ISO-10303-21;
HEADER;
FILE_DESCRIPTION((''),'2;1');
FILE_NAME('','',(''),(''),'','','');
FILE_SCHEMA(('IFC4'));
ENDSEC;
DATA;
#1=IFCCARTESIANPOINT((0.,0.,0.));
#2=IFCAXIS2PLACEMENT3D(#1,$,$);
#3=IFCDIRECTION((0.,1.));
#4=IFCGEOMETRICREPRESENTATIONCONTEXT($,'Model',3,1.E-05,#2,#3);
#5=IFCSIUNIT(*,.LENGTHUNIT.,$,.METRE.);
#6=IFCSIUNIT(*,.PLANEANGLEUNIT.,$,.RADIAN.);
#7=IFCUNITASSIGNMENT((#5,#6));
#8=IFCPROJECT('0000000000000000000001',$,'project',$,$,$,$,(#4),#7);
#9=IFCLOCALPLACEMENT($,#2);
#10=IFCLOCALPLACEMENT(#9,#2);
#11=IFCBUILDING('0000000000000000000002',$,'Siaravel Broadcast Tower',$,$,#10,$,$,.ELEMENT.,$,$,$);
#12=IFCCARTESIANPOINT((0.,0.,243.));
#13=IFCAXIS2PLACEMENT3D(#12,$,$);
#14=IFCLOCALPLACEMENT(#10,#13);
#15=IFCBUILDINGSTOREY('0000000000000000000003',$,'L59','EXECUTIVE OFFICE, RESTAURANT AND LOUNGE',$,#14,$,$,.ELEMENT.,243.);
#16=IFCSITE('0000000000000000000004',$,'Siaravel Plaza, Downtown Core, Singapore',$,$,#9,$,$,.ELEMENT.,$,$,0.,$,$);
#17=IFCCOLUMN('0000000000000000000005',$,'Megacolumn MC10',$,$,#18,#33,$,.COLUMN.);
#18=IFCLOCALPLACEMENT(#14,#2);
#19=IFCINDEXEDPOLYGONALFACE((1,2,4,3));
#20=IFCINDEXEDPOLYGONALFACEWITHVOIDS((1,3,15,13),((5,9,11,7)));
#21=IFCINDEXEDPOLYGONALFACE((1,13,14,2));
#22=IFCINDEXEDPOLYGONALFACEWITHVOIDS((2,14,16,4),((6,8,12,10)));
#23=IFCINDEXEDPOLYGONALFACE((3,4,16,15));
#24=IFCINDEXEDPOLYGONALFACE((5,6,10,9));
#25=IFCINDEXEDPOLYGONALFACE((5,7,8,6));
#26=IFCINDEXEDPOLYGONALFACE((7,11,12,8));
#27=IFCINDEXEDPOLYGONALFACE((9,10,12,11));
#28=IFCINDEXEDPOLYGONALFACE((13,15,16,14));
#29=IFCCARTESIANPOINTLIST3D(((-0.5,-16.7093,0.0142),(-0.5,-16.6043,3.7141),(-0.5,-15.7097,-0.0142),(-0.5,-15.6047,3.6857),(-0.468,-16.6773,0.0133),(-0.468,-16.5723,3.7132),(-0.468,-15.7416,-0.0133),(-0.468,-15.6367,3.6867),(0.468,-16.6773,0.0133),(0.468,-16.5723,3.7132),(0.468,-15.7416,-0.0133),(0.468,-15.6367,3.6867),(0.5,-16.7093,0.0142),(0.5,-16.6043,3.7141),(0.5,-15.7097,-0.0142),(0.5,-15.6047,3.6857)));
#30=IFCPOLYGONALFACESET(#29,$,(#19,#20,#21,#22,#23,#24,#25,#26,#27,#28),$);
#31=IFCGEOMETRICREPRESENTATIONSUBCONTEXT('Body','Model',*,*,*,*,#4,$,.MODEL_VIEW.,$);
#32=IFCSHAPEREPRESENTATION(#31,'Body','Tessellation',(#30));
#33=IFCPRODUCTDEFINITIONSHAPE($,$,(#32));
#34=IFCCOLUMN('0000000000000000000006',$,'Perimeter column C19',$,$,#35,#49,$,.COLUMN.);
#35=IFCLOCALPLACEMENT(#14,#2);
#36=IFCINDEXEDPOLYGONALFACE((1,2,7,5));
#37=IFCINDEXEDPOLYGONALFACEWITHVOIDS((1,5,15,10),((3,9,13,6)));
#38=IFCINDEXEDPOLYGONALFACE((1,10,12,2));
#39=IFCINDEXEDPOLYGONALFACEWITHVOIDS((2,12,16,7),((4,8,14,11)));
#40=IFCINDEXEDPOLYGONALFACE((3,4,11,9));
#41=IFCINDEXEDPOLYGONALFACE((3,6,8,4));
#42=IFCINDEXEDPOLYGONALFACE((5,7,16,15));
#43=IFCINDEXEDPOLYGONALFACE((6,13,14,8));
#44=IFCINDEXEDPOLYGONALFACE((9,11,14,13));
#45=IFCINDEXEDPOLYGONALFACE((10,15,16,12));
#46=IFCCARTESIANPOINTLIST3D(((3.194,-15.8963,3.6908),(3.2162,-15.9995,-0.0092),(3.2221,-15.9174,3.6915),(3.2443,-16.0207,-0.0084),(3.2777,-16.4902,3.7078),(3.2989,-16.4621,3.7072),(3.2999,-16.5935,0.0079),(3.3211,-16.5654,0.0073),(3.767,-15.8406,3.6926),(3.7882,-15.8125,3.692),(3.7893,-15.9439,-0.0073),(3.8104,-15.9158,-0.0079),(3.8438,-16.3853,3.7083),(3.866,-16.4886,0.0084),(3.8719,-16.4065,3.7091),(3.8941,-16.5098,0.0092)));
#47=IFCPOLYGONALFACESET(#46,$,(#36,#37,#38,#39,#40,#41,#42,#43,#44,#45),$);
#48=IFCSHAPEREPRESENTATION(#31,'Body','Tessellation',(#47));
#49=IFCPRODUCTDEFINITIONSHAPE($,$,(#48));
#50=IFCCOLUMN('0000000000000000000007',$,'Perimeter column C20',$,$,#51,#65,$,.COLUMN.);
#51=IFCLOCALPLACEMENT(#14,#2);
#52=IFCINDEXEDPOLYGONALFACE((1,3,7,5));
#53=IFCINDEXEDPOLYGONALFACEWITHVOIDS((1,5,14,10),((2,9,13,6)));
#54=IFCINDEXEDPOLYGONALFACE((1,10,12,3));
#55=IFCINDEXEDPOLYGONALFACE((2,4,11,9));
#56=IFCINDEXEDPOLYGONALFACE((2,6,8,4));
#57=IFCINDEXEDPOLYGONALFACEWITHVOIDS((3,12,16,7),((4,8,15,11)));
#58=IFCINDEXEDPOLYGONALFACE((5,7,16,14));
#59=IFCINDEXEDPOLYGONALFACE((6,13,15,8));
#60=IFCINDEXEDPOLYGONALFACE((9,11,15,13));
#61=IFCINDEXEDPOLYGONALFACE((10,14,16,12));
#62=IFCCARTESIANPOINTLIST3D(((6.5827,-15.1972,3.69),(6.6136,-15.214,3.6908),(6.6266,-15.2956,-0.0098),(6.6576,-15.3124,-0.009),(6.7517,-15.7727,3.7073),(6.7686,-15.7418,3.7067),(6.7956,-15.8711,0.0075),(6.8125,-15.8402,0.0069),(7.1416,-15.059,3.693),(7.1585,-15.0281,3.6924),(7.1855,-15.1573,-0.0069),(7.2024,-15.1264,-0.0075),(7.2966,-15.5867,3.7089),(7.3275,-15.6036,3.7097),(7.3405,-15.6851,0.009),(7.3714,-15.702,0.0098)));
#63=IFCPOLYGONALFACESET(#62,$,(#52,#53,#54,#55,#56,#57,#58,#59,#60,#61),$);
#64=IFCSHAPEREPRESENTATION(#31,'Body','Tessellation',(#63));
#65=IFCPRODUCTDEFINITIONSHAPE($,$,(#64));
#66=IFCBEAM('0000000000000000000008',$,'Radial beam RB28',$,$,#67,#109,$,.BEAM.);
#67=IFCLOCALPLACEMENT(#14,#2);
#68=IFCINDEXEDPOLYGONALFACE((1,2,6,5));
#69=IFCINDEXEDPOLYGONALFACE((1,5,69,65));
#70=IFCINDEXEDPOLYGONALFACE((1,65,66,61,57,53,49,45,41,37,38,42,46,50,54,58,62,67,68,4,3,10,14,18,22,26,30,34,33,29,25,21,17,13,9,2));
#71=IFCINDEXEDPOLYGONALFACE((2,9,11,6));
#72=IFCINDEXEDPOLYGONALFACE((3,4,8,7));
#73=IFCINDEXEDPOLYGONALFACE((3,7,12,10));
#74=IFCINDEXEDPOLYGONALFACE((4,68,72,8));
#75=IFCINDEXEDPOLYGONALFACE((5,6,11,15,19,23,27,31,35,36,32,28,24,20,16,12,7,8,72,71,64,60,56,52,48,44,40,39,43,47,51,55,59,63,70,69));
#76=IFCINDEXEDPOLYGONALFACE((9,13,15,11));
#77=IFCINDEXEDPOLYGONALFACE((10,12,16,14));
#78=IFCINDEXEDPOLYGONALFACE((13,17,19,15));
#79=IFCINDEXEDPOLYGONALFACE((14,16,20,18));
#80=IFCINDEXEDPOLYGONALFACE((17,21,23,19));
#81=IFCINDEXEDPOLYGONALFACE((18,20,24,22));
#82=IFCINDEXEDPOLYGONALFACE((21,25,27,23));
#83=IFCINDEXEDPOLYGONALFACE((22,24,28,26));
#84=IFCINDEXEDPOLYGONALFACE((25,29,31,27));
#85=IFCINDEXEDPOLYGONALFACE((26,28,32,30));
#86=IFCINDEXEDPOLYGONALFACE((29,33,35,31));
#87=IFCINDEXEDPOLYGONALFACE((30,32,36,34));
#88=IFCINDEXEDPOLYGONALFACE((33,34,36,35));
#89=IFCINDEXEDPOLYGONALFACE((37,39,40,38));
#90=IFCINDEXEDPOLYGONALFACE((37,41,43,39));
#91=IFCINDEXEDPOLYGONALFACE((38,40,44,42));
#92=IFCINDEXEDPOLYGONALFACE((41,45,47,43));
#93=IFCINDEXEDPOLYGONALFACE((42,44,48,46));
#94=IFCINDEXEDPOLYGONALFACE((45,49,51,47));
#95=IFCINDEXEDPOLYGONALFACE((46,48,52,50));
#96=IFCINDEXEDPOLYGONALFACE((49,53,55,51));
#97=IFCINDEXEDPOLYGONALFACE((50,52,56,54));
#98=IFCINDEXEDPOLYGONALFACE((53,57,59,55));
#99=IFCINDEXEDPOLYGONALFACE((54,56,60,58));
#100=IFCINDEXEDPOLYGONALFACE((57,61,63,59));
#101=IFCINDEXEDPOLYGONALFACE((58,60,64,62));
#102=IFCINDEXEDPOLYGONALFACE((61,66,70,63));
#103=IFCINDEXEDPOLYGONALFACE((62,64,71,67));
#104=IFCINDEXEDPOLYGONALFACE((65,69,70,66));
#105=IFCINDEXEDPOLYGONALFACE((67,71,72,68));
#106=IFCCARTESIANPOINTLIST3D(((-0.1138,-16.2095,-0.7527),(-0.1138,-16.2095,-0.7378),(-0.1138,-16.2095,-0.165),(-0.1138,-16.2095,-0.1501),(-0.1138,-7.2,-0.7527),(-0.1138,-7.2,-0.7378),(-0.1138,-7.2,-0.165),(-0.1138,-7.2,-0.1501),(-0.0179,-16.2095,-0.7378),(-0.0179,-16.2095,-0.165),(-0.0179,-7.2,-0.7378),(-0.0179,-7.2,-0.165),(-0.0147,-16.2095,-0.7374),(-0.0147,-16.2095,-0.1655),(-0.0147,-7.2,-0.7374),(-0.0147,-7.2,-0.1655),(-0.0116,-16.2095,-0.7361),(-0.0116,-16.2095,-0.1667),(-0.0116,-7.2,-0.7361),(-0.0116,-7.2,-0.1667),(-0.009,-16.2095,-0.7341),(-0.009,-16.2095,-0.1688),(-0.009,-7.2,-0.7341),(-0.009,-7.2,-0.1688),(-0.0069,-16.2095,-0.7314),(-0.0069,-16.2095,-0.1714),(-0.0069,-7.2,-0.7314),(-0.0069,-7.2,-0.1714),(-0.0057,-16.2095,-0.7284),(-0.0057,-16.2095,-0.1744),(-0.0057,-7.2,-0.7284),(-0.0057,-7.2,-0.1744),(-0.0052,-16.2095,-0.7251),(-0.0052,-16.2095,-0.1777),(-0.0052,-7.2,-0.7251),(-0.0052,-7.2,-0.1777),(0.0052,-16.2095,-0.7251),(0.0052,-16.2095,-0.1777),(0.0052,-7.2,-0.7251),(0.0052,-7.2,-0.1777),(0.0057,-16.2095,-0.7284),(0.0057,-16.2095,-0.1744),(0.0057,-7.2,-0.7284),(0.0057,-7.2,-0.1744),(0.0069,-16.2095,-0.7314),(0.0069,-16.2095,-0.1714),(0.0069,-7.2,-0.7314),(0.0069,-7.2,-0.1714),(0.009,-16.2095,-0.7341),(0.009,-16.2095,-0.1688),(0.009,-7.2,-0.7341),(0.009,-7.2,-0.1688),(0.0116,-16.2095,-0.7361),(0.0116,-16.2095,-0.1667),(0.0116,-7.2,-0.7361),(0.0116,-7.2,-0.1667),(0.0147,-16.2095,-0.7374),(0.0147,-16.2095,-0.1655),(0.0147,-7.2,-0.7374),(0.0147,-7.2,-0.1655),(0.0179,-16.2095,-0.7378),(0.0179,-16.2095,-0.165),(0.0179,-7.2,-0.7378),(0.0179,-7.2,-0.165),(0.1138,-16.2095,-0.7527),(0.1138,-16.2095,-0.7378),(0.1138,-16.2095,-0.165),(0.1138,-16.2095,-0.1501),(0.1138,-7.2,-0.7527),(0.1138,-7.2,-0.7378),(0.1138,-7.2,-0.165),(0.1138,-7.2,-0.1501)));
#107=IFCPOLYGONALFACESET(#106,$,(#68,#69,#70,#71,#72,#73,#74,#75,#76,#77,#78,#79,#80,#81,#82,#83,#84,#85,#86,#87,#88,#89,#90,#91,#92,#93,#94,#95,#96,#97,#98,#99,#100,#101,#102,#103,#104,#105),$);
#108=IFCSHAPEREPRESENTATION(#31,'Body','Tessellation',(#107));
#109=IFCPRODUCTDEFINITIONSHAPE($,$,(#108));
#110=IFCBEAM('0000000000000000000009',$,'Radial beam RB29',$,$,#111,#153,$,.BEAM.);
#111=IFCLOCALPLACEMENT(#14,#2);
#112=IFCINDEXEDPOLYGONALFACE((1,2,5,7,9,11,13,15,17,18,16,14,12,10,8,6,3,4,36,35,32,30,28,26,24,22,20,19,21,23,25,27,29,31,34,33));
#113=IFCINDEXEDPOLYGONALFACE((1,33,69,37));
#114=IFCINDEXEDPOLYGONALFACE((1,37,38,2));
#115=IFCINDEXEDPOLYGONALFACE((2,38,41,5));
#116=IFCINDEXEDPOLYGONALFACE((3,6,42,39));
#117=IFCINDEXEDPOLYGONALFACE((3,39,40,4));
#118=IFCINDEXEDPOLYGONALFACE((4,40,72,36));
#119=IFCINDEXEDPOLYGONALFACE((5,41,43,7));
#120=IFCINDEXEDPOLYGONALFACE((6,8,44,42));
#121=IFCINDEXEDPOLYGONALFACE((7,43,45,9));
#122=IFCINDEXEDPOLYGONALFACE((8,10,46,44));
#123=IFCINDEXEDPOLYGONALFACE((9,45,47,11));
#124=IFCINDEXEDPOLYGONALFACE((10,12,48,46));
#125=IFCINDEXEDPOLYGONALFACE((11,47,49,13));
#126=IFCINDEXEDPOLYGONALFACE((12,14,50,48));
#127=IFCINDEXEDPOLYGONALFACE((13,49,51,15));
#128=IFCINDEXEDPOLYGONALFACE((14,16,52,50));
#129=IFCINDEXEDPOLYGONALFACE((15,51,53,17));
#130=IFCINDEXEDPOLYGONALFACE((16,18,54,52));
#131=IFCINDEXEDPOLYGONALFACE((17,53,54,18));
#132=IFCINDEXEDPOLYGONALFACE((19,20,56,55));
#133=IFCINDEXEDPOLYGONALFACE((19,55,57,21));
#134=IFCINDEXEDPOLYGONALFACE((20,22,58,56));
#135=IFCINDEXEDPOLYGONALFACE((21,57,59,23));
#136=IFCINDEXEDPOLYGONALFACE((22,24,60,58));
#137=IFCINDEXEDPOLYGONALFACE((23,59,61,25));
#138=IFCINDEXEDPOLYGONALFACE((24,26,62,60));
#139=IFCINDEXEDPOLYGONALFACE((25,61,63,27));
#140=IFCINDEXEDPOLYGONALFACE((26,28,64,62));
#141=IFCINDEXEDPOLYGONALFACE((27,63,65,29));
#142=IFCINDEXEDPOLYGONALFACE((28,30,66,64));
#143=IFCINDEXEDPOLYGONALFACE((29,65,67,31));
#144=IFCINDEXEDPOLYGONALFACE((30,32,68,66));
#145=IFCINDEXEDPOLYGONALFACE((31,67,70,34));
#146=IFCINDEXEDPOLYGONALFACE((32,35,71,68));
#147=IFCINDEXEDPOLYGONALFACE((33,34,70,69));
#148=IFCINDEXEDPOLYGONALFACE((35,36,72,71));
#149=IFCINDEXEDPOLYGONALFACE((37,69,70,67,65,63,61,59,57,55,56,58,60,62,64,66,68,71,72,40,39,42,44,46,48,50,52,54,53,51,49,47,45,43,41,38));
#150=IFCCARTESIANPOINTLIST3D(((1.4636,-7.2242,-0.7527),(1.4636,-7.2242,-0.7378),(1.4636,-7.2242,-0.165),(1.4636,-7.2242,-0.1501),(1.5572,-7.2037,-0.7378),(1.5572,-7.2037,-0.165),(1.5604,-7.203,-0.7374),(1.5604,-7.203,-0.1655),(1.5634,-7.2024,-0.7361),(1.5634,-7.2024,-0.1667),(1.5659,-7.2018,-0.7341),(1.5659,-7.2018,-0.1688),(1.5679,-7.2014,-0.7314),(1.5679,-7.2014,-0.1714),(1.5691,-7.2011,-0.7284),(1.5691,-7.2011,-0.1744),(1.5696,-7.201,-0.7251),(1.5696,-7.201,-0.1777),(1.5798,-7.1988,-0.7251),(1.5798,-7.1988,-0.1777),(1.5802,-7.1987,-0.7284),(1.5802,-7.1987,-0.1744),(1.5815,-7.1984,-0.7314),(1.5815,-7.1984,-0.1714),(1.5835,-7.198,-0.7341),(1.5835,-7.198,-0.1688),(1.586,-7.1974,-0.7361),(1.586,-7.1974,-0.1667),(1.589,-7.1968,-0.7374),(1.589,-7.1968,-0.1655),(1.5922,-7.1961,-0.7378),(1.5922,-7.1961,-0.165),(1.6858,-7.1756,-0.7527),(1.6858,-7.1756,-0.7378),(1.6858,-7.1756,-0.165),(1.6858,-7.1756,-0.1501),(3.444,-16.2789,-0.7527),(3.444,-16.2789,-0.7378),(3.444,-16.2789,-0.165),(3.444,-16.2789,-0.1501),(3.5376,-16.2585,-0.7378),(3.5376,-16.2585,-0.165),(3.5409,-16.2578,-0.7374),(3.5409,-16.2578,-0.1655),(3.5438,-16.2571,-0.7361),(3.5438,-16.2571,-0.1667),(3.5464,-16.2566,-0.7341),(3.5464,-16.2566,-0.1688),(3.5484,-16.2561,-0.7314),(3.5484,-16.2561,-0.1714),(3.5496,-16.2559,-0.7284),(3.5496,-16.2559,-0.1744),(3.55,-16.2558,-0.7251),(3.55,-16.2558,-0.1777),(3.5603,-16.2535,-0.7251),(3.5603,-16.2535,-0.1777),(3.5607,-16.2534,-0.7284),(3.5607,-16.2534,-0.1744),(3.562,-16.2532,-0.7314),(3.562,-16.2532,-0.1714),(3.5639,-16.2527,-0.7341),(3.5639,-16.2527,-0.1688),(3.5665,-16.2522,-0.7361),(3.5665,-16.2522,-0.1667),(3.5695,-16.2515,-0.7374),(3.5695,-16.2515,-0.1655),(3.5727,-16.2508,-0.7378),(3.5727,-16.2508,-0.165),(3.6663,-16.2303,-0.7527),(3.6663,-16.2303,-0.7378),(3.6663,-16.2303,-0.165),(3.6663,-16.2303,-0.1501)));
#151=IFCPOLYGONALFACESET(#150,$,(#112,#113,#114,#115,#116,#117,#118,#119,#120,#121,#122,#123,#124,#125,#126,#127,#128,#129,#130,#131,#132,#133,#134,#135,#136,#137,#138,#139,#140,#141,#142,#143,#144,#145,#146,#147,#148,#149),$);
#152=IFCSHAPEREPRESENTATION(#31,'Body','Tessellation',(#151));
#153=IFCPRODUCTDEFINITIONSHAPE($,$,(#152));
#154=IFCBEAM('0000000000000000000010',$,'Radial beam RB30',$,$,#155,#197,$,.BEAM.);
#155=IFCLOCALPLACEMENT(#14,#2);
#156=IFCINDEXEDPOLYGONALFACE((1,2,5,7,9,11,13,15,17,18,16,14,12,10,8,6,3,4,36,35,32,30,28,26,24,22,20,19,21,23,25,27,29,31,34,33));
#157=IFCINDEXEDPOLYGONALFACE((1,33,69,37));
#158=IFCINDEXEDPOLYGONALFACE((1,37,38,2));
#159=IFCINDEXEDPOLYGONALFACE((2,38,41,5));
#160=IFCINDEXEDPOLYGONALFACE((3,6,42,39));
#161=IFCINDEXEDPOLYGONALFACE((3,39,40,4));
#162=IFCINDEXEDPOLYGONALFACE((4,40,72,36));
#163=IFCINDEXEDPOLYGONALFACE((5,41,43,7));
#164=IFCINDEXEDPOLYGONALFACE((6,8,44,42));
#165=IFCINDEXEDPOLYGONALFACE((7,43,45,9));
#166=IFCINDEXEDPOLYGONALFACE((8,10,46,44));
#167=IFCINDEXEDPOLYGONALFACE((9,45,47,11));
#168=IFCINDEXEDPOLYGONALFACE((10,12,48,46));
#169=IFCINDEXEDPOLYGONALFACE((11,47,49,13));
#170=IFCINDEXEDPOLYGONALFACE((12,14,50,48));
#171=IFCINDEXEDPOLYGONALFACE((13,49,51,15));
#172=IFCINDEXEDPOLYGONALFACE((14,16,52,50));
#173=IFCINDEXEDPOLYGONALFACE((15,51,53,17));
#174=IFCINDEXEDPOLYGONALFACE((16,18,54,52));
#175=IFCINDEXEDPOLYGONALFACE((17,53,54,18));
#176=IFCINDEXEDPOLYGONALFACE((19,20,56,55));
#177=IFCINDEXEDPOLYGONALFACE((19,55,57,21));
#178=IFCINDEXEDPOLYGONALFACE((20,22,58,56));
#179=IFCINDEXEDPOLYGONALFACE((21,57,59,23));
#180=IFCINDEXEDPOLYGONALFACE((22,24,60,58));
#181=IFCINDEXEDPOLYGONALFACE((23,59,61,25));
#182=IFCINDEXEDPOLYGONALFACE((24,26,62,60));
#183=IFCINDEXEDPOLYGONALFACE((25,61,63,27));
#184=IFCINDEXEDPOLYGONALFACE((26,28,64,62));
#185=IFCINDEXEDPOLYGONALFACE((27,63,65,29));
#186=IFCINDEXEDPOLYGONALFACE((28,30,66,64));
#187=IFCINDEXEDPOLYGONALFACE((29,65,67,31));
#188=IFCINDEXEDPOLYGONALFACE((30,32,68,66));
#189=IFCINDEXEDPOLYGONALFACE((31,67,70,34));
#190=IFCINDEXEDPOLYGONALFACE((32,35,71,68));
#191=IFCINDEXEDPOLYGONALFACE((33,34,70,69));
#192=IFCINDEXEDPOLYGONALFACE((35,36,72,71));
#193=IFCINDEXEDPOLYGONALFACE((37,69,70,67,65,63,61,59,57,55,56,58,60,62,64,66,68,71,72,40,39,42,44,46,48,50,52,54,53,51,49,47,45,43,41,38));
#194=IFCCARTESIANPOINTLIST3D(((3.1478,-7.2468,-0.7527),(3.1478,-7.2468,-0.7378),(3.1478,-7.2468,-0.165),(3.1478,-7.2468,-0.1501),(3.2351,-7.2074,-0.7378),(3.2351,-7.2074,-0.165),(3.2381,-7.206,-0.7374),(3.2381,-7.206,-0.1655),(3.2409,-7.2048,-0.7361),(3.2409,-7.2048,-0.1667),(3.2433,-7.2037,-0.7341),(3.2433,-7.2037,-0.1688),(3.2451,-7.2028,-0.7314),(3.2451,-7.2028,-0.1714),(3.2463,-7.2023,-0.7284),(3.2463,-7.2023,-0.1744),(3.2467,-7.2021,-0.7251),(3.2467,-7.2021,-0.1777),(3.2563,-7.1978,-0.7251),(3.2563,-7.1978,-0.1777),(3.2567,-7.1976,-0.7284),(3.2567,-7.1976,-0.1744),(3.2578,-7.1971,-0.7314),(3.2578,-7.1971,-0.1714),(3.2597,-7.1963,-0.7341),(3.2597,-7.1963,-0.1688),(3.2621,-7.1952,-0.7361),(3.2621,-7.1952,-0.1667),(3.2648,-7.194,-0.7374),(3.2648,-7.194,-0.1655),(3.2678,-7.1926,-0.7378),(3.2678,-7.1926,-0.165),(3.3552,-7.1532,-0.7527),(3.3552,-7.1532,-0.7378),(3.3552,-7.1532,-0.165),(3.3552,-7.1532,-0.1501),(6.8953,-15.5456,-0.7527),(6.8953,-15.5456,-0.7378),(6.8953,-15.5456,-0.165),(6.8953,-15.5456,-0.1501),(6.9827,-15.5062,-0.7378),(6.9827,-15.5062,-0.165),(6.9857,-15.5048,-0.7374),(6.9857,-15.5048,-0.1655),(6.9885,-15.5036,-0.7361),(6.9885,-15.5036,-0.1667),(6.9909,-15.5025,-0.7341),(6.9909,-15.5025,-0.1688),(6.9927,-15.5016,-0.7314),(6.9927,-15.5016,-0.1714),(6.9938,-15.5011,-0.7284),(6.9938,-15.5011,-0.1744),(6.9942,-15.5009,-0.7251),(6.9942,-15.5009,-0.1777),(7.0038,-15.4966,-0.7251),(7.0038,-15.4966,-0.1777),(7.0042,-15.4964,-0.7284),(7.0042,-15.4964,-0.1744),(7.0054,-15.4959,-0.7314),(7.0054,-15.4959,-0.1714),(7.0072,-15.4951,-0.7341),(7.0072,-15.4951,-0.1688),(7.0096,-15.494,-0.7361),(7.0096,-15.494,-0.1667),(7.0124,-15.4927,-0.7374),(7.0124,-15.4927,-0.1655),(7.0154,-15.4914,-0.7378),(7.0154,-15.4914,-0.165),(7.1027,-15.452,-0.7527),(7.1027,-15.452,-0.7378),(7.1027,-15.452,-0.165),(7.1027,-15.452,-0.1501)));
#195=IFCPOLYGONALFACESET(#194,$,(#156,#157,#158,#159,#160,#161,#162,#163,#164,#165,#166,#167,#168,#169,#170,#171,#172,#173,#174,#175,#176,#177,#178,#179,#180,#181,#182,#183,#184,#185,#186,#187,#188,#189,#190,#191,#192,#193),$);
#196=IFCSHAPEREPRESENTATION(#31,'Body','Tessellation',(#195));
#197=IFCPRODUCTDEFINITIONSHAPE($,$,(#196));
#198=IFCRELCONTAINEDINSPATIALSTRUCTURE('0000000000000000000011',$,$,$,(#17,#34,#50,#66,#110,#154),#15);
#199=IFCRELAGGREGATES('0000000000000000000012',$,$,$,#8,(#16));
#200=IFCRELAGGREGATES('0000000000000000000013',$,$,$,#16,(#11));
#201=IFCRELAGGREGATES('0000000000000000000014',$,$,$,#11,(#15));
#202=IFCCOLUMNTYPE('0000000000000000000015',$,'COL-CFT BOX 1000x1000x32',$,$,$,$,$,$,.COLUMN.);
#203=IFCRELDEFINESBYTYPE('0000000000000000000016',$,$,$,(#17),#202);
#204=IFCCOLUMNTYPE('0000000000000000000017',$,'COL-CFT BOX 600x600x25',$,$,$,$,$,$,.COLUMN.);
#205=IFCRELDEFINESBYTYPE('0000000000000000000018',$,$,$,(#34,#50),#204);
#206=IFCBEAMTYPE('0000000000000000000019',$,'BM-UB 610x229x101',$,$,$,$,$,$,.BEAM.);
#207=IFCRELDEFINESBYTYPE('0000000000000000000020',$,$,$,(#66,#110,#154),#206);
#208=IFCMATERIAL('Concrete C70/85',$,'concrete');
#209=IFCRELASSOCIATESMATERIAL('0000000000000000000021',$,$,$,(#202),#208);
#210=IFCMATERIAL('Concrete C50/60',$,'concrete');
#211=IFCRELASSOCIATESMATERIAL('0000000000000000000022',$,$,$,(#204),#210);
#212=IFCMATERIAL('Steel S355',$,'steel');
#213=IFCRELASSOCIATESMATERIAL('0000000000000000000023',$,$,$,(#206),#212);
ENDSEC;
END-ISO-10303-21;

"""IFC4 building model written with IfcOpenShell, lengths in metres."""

from ifc_helpers import new_model, si_unit, direction, frame, origin, origin_2d, place, context, subcontext, project, spatial, hollow_rectangle, i_section, extrude, material, material_profile, profile_set, type_object, element, save


model = new_model("IFC4")

# Units and contexts
model_context = context("Model", 3, precision=1e-05, world=origin(), true_north=direction((0.0, 1.0)))
body_context = subcontext(model_context, "Body", "Model", "MODEL_VIEW")
ifc_project = project(units=[si_unit("LENGTHUNIT", "METRE"), si_unit("PLANEANGLEUNIT", "RADIAN")], contexts=[model_context])

# Site, building, storey
site_placement = place(None, origin())
site = spatial("IfcSite", under=ifc_project, at=site_placement, Name="Siaravel Plaza, Downtown Core, Singapore", CompositionType="ELEMENT", RefElevation=0.0)
building_placement = place(site_placement, origin())
building = spatial("IfcBuilding", under=site, at=building_placement, Name="Siaravel Broadcast Tower", CompositionType="ELEMENT")
storey_placement = place(building_placement, frame((0.0, 0.0, 243.0)))
storey = spatial("IfcBuildingStorey", under=building, at=storey_placement, Name="L59", Description="EXECUTIVE OFFICE, RESTAURANT AND LOUNGE", CompositionType="ELEMENT", Elevation=243.0)

# Columns
ifc_material_1 = material(Name="Concrete C70/85", Category="concrete")
ifc_material_profile_1 = material_profile(ifc_material_1, hollow_rectangle(XDim=1.0, YDim=1.0, WallThickness=0.032, at=origin_2d()))
ifc_profile_set_1 = profile_set([ifc_material_profile_1], Name="Concrete C70/85")
column_type_1 = type_object("IfcColumnType", Name="COL-CFT BOX 1000x1000x32", PredefinedType="COLUMN", material=ifc_profile_set_1)
column_placement = place(storey_placement, frame((0.0, -16.2095, 0.0), z_axis=(0.0, 0.028362, 0.999598), x_axis=(-1.0, 0.0, 0.0)))
element("IfcColumn", 1, at=column_placement, inside=storey, type_object=column_type_1, Name="Megacolumn MC10", PredefinedType="COLUMN", context=body_context, shape_type="SweptSolid", body=[
    extrude(hollow_rectangle(XDim=1.0, YDim=1.0, WallThickness=0.032, at=origin_2d()), origin(), (0.0, 0.0, 1.0), 3.7014),
])
ifc_material_2 = material(Name="Concrete C50/60", Category="concrete")
ifc_material_profile_2 = material_profile(ifc_material_2, hollow_rectangle(XDim=0.6001, YDim=0.6001, WallThickness=0.0249, at=origin_2d()))
ifc_profile_set_2 = profile_set([ifc_material_profile_2], Name="Concrete C50/60")
column_type_2 = type_object("IfcColumnType", Name="COL-CFT BOX 600x600x25", PredefinedType="COLUMN", material=ifc_profile_set_2)
for number, where, z_axis, x_axis, name in (
    (2, (3.5552, -16.2546, 0.0), (-0.006002, 0.0279, 0.999593), (-0.990208, -0.139582, -0.00205), "Perimeter column C19"),
    (3, (6.999, -15.4988, 0.0), (-0.011872, 0.026581, 0.999576), (-0.959459, -0.281823, -0.003902), "Perimeter column C20"),
):
    element("IfcColumn", number, at=place(storey_placement, frame(where, z_axis=z_axis, x_axis=x_axis)), inside=storey, type_object=column_type_2, Name=name, PredefinedType="COLUMN", context=body_context, shape_type="SweptSolid", body=[
        extrude(hollow_rectangle(XDim=0.6001, YDim=0.6001, WallThickness=0.0249, at=origin_2d()), origin(), (0.0, 0.0, 1.0), 3.7014),
    ])

# Beams
ifc_material_3 = material(Name="Steel S355", Category="steel")
ifc_material_profile_3 = material_profile(ifc_material_3, i_section(OverallWidth=0.2275, OverallDepth=0.6025, WebThickness=0.0105, FlangeThickness=0.0149, FilletRadius=0.0127, at=origin_2d()))
ifc_profile_set_3 = profile_set([ifc_material_profile_3], Name="Steel S355")
beam_type = type_object("IfcBeamType", Name="BM-UB 610x229x101", PredefinedType="BEAM", material=ifc_profile_set_3)
beam_1_placement = place(storey_placement, frame((0.0, -16.2095, -0.4514), z_axis=(0.0, 1.0, 0.0), x_axis=(-1.0, 0.0, 0.0)))
element("IfcBeam", 4, at=beam_1_placement, inside=storey, type_object=beam_type, Name="Radial beam RB28", PredefinedType="BEAM", context=body_context, shape_type="SweptSolid", body=[
    extrude(i_section(OverallWidth=0.2275, OverallDepth=0.6025, WebThickness=0.0105, FlangeThickness=0.0149, FilletRadius=0.0127, at=origin_2d()), origin(), (0.0, 0.0, 1.0), 9.0095),
])
beam_2_placement = place(storey_placement, frame((3.5552, -16.2546, -0.4514), z_axis=(-0.213672, 0.976906, 0.0), x_axis=(-0.976906, -0.213672, 0.0)))
element("IfcBeam", 5, at=beam_2_placement, inside=storey, type_object=beam_type, Name="Radial beam RB29", PredefinedType="BEAM", context=body_context, shape_type="SweptSolid", body=[
    extrude(i_section(OverallWidth=0.2275, OverallDepth=0.6025, WebThickness=0.0105, FlangeThickness=0.0149, FilletRadius=0.0127, at=origin_2d()), origin(), (0.0, 0.0, 1.0), 9.2688),
])
beam_3_placement = place(storey_placement, frame((6.999, -15.4988, -0.4514), z_axis=(-0.411559, 0.911383, 0.0), x_axis=(-0.911383, -0.411559, 0.0)))
element("IfcBeam", 6, at=beam_3_placement, inside=storey, type_object=beam_type, Name="Radial beam RB30", PredefinedType="BEAM", context=body_context, shape_type="SweptSolid", body=[
    extrude(i_section(OverallWidth=0.2275, OverallDepth=0.6025, WebThickness=0.0105, FlangeThickness=0.0149, FilletRadius=0.0127, at=origin_2d()), origin(), (0.0, 0.0, 1.0), 9.1057),
])

save(model, "model.ifc")
